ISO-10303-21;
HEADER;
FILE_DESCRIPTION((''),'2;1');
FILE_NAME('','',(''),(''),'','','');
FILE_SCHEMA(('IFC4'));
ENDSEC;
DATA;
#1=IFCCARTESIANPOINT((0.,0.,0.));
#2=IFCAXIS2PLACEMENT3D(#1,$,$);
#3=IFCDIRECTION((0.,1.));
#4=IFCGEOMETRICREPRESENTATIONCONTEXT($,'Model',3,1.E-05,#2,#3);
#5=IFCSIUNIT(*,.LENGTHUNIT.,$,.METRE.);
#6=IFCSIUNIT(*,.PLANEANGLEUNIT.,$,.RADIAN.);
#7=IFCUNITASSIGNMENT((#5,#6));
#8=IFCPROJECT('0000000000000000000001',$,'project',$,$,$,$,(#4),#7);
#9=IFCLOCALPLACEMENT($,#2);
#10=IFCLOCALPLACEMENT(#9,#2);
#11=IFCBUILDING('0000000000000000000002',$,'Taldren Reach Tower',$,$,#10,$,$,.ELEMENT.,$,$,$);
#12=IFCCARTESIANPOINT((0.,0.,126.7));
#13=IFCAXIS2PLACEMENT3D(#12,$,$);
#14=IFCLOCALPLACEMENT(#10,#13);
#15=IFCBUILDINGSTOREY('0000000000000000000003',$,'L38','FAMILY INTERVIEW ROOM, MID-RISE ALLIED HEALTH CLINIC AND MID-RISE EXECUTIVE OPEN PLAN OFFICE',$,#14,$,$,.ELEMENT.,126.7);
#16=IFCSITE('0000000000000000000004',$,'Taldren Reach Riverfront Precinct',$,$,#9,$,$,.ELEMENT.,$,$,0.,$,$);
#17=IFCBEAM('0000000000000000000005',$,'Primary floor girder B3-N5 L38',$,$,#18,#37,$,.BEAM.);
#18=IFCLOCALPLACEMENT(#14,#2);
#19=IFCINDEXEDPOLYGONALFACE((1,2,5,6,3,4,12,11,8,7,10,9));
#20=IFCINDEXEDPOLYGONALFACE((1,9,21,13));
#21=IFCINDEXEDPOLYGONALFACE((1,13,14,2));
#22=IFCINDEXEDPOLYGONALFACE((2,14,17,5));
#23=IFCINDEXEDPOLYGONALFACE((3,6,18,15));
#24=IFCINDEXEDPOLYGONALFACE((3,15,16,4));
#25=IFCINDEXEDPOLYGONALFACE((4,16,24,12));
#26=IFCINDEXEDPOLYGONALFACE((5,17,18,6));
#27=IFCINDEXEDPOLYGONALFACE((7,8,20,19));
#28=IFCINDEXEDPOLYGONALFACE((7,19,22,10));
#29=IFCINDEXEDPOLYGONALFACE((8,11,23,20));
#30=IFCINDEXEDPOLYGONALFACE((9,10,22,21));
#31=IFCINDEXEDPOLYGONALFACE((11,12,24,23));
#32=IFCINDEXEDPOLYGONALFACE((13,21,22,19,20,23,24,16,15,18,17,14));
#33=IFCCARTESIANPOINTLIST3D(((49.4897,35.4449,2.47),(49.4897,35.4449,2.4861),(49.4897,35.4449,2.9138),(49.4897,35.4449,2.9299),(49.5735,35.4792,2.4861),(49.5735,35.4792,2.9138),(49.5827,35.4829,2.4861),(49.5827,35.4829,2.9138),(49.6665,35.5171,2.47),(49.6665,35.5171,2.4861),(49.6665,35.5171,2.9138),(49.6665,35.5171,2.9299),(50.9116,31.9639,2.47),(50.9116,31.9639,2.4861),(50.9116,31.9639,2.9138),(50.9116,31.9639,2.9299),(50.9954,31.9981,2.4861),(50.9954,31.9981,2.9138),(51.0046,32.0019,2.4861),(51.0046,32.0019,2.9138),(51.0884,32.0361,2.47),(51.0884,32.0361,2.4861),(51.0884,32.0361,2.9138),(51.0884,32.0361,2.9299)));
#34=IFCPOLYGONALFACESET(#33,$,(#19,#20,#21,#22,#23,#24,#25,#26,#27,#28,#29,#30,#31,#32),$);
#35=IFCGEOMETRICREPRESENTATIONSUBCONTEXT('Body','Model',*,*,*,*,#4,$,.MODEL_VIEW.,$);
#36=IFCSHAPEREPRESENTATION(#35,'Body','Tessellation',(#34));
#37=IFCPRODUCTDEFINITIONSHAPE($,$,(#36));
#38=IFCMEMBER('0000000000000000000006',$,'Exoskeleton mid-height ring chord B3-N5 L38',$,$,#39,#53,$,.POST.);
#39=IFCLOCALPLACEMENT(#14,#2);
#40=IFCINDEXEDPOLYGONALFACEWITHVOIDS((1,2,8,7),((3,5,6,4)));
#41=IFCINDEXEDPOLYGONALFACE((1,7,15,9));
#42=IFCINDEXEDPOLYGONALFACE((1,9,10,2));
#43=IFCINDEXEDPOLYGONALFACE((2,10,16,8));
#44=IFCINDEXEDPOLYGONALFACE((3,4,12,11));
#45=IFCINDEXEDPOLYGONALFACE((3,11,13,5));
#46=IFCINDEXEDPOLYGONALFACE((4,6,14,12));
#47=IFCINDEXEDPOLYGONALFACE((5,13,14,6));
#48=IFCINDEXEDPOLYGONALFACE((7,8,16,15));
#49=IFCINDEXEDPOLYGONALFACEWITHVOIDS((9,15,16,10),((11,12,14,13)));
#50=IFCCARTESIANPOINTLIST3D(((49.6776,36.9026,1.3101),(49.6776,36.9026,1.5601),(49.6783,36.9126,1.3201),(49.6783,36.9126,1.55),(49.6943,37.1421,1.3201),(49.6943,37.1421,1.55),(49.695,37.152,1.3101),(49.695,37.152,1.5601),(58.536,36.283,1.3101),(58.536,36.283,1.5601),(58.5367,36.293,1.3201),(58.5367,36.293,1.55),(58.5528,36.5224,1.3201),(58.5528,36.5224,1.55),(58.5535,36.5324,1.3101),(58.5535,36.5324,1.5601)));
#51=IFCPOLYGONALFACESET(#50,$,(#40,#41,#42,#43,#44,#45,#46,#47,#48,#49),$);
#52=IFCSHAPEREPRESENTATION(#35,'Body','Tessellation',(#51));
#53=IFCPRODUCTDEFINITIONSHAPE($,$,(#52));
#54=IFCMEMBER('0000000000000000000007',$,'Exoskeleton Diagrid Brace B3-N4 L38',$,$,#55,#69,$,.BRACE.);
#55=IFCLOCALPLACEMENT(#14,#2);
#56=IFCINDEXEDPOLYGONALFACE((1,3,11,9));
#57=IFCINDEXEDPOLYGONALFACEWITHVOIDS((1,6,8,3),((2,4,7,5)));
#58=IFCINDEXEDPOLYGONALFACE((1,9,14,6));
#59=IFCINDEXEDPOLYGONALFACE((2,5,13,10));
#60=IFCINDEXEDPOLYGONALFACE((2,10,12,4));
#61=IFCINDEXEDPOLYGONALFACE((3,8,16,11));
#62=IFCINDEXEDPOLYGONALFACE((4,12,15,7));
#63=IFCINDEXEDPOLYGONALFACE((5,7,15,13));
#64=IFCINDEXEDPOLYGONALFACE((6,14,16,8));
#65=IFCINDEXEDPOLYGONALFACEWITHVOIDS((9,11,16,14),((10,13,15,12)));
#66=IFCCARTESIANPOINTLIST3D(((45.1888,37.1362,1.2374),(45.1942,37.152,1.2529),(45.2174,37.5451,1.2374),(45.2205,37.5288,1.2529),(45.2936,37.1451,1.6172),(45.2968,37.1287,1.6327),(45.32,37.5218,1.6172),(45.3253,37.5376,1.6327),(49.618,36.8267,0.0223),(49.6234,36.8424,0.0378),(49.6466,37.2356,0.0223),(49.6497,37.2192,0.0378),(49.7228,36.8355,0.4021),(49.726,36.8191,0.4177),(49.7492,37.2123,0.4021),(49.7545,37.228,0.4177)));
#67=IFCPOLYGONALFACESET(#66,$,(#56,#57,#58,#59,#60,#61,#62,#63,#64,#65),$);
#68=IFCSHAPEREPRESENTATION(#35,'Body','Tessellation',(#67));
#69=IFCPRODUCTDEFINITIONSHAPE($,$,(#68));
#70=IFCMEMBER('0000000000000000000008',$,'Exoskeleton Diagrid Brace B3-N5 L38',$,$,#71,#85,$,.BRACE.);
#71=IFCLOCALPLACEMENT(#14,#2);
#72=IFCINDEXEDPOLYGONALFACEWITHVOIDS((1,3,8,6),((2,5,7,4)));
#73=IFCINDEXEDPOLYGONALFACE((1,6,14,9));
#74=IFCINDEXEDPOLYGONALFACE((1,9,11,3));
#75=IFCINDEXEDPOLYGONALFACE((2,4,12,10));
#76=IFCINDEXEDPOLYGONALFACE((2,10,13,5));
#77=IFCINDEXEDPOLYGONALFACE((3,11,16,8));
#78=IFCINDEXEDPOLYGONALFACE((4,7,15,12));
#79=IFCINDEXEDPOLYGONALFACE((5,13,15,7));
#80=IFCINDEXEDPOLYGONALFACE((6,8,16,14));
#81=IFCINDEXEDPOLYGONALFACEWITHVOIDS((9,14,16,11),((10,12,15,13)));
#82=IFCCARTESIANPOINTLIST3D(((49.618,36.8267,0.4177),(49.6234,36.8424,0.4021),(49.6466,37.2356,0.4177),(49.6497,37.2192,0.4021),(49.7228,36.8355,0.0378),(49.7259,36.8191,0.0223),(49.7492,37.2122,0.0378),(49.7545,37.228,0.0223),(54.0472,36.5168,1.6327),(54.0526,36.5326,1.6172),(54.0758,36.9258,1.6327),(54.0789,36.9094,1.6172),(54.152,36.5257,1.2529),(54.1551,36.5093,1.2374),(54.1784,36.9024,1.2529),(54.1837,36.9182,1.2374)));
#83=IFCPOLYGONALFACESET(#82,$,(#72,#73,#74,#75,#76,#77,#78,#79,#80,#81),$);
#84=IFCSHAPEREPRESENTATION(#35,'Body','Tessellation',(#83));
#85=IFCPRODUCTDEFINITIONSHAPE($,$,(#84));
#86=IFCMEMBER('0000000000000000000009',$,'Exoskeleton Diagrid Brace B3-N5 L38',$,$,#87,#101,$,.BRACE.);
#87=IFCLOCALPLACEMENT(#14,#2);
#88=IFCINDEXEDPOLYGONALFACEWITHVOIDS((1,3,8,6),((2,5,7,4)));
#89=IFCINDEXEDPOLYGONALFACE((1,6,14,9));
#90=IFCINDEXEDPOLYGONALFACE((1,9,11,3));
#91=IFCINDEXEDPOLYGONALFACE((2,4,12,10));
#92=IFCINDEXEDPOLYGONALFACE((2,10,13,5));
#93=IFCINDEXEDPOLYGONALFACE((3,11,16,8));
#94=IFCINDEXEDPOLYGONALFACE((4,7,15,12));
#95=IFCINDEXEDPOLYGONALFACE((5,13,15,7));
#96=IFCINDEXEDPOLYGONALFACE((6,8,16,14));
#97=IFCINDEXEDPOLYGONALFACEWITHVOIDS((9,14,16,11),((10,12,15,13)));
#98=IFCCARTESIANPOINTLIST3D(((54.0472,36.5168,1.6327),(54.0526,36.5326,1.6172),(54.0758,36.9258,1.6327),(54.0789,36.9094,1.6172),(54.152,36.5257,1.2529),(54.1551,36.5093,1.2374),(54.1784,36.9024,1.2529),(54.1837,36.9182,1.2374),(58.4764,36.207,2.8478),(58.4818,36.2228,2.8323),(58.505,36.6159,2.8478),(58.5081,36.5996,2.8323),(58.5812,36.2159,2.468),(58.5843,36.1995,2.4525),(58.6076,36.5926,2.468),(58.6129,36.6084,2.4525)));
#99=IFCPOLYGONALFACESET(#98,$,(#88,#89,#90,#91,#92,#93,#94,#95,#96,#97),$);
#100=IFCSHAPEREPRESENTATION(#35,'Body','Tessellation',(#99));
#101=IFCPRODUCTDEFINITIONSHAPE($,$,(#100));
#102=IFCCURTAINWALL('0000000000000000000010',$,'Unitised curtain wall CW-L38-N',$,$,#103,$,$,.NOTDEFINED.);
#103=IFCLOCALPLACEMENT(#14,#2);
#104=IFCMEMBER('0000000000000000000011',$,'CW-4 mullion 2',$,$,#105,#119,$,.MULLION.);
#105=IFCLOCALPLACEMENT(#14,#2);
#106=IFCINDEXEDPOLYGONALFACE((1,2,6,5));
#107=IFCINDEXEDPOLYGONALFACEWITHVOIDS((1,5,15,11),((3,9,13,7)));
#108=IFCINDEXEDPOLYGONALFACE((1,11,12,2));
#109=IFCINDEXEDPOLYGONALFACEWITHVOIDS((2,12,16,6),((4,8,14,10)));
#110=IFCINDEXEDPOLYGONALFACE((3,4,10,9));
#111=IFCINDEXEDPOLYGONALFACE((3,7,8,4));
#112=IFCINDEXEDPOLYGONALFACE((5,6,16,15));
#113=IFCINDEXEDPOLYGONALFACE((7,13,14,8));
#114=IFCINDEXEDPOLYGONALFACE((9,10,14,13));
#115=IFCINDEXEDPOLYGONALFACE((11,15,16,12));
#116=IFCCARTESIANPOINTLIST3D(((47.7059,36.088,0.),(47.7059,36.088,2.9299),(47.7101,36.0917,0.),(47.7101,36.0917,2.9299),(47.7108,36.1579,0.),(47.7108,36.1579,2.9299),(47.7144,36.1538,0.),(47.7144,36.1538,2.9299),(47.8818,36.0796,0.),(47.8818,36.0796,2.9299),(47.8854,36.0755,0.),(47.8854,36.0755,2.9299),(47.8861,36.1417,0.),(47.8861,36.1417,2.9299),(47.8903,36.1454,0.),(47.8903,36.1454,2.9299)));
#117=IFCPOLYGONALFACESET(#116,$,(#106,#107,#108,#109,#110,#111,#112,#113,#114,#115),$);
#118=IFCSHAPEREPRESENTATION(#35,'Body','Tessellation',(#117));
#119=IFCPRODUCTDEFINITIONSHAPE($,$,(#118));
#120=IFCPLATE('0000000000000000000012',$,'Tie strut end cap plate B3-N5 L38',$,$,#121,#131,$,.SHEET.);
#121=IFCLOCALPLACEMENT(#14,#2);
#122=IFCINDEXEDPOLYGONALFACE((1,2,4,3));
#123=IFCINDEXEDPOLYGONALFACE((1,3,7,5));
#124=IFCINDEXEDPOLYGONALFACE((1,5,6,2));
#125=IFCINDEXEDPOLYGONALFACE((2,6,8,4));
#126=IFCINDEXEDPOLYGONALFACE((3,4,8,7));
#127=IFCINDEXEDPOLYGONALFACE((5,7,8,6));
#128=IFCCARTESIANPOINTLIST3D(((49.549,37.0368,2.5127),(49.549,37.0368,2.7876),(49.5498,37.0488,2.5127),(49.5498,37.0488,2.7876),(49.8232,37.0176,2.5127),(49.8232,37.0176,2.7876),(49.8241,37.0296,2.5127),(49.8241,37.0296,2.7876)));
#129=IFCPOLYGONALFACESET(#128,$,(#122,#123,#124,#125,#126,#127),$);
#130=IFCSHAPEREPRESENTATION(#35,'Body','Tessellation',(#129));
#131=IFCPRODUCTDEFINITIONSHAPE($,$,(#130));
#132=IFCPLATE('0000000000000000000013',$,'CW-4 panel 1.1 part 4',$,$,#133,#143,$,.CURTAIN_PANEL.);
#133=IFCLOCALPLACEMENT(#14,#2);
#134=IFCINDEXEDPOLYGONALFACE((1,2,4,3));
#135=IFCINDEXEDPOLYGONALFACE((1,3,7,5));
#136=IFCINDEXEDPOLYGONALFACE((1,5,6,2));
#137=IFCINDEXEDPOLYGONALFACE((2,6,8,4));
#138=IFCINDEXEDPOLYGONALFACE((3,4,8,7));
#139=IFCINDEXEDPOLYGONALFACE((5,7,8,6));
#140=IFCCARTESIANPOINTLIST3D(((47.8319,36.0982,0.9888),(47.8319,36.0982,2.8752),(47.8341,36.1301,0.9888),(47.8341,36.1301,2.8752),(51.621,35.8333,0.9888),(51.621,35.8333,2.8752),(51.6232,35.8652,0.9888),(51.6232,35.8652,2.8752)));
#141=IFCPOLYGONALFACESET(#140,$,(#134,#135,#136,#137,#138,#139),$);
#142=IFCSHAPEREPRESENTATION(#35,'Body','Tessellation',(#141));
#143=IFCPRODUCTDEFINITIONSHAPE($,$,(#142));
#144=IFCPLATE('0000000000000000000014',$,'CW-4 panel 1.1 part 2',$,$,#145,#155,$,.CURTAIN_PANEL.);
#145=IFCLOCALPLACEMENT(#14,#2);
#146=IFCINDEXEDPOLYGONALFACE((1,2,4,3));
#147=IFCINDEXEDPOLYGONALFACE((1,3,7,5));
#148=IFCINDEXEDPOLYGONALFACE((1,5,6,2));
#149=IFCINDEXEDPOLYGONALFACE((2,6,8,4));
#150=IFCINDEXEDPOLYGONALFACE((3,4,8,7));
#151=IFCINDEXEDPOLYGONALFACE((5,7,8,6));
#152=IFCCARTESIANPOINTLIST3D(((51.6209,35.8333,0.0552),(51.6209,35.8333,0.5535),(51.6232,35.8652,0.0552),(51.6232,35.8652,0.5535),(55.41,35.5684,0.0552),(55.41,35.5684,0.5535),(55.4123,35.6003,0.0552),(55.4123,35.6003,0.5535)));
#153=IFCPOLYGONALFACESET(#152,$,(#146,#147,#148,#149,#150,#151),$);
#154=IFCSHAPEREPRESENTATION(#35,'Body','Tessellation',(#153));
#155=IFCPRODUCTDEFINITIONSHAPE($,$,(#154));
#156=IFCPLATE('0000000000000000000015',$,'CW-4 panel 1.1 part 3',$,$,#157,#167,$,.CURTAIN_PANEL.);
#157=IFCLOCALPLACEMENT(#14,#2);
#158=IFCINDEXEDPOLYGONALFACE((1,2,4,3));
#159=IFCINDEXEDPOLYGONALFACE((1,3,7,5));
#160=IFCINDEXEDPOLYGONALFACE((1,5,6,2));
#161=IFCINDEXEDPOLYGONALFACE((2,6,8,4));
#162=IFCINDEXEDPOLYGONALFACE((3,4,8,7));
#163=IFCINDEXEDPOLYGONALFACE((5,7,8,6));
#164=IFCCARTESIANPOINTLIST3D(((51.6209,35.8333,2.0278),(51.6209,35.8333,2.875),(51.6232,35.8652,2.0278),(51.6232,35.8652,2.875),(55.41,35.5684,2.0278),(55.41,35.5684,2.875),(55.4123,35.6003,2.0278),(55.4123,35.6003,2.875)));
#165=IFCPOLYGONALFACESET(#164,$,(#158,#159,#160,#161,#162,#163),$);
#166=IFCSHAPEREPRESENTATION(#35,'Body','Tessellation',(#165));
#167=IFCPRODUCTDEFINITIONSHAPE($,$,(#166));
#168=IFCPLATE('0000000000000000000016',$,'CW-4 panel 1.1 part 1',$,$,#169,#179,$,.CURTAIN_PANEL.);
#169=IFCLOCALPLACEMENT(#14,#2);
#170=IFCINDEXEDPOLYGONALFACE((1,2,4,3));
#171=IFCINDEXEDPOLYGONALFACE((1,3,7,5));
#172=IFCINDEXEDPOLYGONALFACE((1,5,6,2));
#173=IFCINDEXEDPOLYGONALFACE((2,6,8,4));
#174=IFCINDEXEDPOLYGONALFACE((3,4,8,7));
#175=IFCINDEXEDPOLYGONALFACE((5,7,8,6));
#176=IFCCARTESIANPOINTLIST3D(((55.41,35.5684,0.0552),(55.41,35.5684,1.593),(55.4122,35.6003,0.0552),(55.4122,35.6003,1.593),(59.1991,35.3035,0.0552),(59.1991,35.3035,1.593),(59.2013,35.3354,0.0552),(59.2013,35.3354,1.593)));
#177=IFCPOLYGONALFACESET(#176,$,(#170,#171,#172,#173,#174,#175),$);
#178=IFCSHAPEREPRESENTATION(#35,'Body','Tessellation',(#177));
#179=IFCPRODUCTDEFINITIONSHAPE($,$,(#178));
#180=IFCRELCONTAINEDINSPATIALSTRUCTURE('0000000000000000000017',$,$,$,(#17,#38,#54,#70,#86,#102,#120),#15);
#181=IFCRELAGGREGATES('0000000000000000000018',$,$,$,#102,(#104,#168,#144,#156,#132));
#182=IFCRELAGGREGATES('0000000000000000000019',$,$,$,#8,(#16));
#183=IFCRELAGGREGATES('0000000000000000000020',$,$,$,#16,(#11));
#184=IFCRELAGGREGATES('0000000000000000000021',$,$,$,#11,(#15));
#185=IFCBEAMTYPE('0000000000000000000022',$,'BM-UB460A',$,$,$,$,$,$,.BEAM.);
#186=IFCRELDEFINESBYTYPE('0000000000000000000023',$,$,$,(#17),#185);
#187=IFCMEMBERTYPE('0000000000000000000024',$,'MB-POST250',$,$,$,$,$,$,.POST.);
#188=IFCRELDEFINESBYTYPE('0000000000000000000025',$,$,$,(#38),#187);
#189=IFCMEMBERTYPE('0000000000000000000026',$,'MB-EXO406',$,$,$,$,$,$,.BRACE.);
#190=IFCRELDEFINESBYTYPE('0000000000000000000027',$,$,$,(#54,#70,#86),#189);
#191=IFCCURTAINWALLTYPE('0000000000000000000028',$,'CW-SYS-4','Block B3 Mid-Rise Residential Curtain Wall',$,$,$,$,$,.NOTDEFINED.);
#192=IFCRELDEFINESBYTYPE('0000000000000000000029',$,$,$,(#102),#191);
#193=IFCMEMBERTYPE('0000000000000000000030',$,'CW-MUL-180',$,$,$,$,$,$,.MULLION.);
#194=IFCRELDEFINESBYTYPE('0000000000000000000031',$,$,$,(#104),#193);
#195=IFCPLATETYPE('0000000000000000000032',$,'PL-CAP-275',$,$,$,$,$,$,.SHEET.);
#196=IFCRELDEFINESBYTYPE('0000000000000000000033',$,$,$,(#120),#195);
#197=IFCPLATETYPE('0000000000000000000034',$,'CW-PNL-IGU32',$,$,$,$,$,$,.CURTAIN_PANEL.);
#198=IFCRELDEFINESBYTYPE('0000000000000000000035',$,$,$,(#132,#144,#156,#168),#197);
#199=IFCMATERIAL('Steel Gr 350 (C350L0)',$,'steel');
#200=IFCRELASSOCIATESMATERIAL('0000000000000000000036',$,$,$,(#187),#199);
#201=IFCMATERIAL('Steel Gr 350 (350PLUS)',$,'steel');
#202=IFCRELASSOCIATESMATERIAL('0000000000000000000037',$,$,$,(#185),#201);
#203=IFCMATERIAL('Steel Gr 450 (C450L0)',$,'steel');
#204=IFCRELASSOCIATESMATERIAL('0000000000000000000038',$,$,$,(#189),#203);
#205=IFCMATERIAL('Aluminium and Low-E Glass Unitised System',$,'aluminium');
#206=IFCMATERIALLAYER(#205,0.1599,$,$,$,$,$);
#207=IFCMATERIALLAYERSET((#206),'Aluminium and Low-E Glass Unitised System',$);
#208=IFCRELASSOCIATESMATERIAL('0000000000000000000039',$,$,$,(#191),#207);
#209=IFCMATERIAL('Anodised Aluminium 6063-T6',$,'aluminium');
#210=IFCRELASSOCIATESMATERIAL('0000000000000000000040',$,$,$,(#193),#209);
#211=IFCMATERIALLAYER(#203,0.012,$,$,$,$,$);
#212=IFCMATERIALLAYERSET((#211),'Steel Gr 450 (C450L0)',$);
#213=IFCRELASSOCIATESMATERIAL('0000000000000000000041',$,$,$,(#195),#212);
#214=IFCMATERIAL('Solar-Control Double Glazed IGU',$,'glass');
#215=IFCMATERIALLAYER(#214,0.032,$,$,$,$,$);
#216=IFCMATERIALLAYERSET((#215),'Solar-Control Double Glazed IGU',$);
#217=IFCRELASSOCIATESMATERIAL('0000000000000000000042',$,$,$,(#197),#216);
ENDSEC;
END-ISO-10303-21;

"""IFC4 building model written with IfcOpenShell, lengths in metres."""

from ifc_helpers import new_model, si_unit, direction, frame, origin, origin_2d, place, context, subcontext, project, spatial, rectangle, hollow_rectangle, i_section, extrude, source, transform, mapped, material, layer, layer_set, material_profile, profile_set, type_object, element, aggregate, save


model = new_model("IFC4")

# Units and contexts
model_context = context("Model", 3, precision=1e-05, world=origin(), true_north=direction((0.0, 1.0)))
body_context = subcontext(model_context, "Body", "Model", "MODEL_VIEW")
ifc_project = project(units=[si_unit("LENGTHUNIT", "METRE"), si_unit("PLANEANGLEUNIT", "RADIAN")], contexts=[model_context])

# Site, building, storey
site_placement = place(None, origin())
site = spatial("IfcSite", under=ifc_project, at=site_placement, Name="Taldren Reach Riverfront Precinct", CompositionType="ELEMENT", RefElevation=0.0)
building_placement = place(site_placement, origin())
building = spatial("IfcBuilding", under=site, at=building_placement, Name="Taldren Reach Tower", CompositionType="ELEMENT")
storey_placement = place(building_placement, frame((0.0, 0.0, 126.7)))
storey = spatial("IfcBuildingStorey", under=building, at=storey_placement, Name="L38", Description="FAMILY INTERVIEW ROOM, MID-RISE ALLIED HEALTH CLINIC AND MID-RISE EXECUTIVE OPEN PLAN OFFICE", CompositionType="ELEMENT", Elevation=126.7)

# Shared definitions
ifc_material_1 = material(Name="Steel Gr 450 (C450L0)", Category="steel")
ifc_material_2 = material(Name="Steel Gr 350 (350PLUS)", Category="steel")

# Shared definitions
ifc_material_3 = material(Name="Steel Gr 350 (C350L0)", Category="steel")
ifc_material_profile_1 = material_profile(ifc_material_3, hollow_rectangle(XDim=0.25, YDim=0.25, WallThickness=0.01, at=origin_2d()), Name="250x250x10.0SHS")
ifc_profile_set_1 = profile_set([ifc_material_profile_1], Name="Steel Gr 350 (C350L0)")
member_type_1 = type_object("IfcMemberType", Name="MB-POST250", PredefinedType="POST", material=ifc_profile_set_1)

# Beam
ifc_material_profile_2 = material_profile(ifc_material_2, i_section(OverallWidth=0.1909, OverallDepth=0.46, WebThickness=0.01, FlangeThickness=0.0161, at=origin_2d()), Name="460UB82.1")
ifc_profile_set_2 = profile_set([ifc_material_profile_2], Name="Steel Gr 350 (350PLUS)")
beam_type_1 = type_object("IfcBeamType", Name="BM-UB460A", PredefinedType="BEAM", material=ifc_profile_set_2)
shared_shape_1 = source(origin(), body_context, "Body", "SweptSolid", [
    extrude(i_section(OverallWidth=0.1909, OverallDepth=0.46, WebThickness=0.01, FlangeThickness=0.0161, at=origin_2d()), origin(), (0.0, 0.0, 1.0), 3.7603),
])
beam_1_placement = place(storey_placement, frame((51.0, 32.0, 2.7), z_axis=(-0.378142, 0.925747, 0.0), x_axis=(-0.925747, -0.378142, 0.0)))
element("IfcBeam", 1, at=beam_1_placement, inside=storey, type_object=beam_type_1, Name="Primary floor girder B3-N5 L38", PredefinedType="BEAM", context=body_context, shape_type="MappedRepresentation", body=[
    mapped(shared_shape_1, transform((0.0, 0.0, 0.0), scale=1.0)),
])

# Members
shared_shape_2 = source(origin(), body_context, "Body", "SweptSolid", [
    extrude(hollow_rectangle(XDim=0.25, YDim=0.25, WallThickness=0.01, at=origin_2d()), origin(), (0.0, 0.0, 1.0), 8.8801),
])
member_1_placement = place(storey_placement, frame((49.6863, 37.0273, 1.4351), z_axis=(0.997563, -0.069778, 0.0), x_axis=(0.069778, 0.997563, 0.0)))
element("IfcMember", 2, at=member_1_placement, inside=storey, type_object=member_type_1, Name="Exoskeleton mid-height ring chord B3-N5 L38", PredefinedType="POST", context=body_context, shape_type="MappedRepresentation", body=[
    mapped(shared_shape_2, transform((0.0, 0.0, 0.0), scale=1.0)),
])
ifc_material_profile_3 = material_profile(ifc_material_1, hollow_rectangle(XDim=0.4099, YDim=0.4099, WallThickness=0.0161, at=origin_2d()), Name="410x410x16.0SHS")
ifc_profile_set_3 = profile_set([ifc_material_profile_3], Name="Steel Gr 450 (C450L0)")
member_type_2 = type_object("IfcMemberType", Name="MB-EXO406", PredefinedType="BRACE", material=ifc_profile_set_3)
shared_shape_3 = source(origin(), body_context, "Body", "SweptSolid", [
    extrude(hollow_rectangle(XDim=0.4099, YDim=0.4099, WallThickness=0.0161, at=origin_2d()), origin(), (0.0, 0.0, 1.0), 4.6033),
])
for number, where, z_axis, x_axis, name in (
    (3, (49.6863, 37.0273, 0.22), (-0.962186, 0.06725, 0.263962), (-0.069723, -0.997566, 0.0), "Exoskeleton Diagrid Brace B3-N4 L38"),
    (4, (49.6863, 37.0273, 0.22), (0.962182, -0.067303, 0.263961), (0.069778, 0.997563, 0.0), "Exoskeleton Diagrid Brace B3-N5 L38"),
    (5, (54.1155, 36.7175, 1.4351), (0.962182, -0.067303, 0.263961), (0.069778, 0.997563, 0.0), "Exoskeleton Diagrid Brace B3-N5 L38"),
):
    element("IfcMember", number, at=place(storey_placement, frame(where, z_axis=z_axis, x_axis=x_axis)), inside=storey, type_object=member_type_2, Name=name, PredefinedType="BRACE", context=body_context, shape_type="MappedRepresentation", body=[
        mapped(shared_shape_3, transform((0.0, 0.0, 0.0), scale=1.0)),
    ])

# Curtain wall, member
ifc_material_4 = material(Name="Aluminium and Low-E Glass Unitised System", Category="aluminium")
ifc_layer_1 = layer(ifc_material_4, 0.1599)
ifc_layer_set_1 = layer_set([ifc_layer_1], Name="Aluminium and Low-E Glass Unitised System")
curtain_wall_type = type_object("IfcCurtainWallType", Name="CW-SYS-4", Description="Block B3 Mid-Rise Residential Curtain Wall", PredefinedType="NOTDEFINED", material=ifc_layer_set_1)
curtain_wall_placement = place(storey_placement, origin())
curtain_wall = element("IfcCurtainWall", 6, at=curtain_wall_placement, inside=storey, type_object=curtain_wall_type, Name="Unitised curtain wall CW-L38-N", PredefinedType="NOTDEFINED")
ifc_material_5 = material(Name="Anodised Aluminium 6063-T6", Category="aluminium")
ifc_material_profile_4 = material_profile(ifc_material_5, hollow_rectangle(XDim=0.0701, YDim=0.1799, WallThickness=0.0039, at=origin_2d()), Name="ALU-180x70x4RHS")
ifc_profile_set_4 = profile_set([ifc_material_profile_4], Name="Anodised Aluminium 6063-T6")
member_type_3 = type_object("IfcMemberType", Name="CW-MUL-180", PredefinedType="MULLION", material=ifc_profile_set_4)
shared_shape_4 = source(origin(), body_context, "Body", "SweptSolid", [
    extrude(hollow_rectangle(XDim=0.0701, YDim=0.1799, WallThickness=0.0039, at=origin_2d()), origin(), (0.0, 0.0, 1.0), 2.9299),
])
member_2_placement = place(storey_placement, frame((47.7981, 36.1167, 0.0), z_axis=(0.0, 0.0, 1.0), x_axis=(-0.069757, -0.997564, 0.0)))
member_2 = element("IfcMember", 7, at=member_2_placement, type_object=member_type_3, Name="CW-4 mullion 2", PredefinedType="MULLION", context=body_context, shape_type="MappedRepresentation", body=[
    mapped(shared_shape_4, transform((0.0, 0.0, 0.0), scale=1.0)),
])

# Plates
ifc_layer_2 = layer(ifc_material_1, 0.012)
ifc_layer_set_2 = layer_set([ifc_layer_2], Name="Steel Gr 450 (C450L0)")
plate_type_1 = type_object("IfcPlateType", Name="PL-CAP-275", PredefinedType="SHEET", material=ifc_layer_set_2)
shared_shape_5 = source(origin(), body_context, "Body", "SweptSolid", [
    extrude(rectangle(XDim=0.2749, YDim=0.012, at=origin_2d()), origin(), (0.0, 0.0, 1.0), 0.2749),
])
plate_1_placement = place(storey_placement, frame((49.6865, 37.0332, 2.5127), z_axis=(0.0, 0.0, 1.0), x_axis=(0.997564, -0.069756, 0.0)))
element("IfcPlate", 8, at=plate_1_placement, inside=storey, type_object=plate_type_1, Name="Tie strut end cap plate B3-N5 L38", PredefinedType="SHEET", context=body_context, shape_type="MappedRepresentation", body=[
    mapped(shared_shape_5, transform((0.0, 0.0, 0.0), scale=1.0)),
])
ifc_material_6 = material(Name="Solar-Control Double Glazed IGU", Category="glass")
ifc_layer_3 = layer(ifc_material_6, 0.032)
ifc_layer_set_3 = layer_set([ifc_layer_3], Name="Solar-Control Double Glazed IGU")
plate_type_2 = type_object("IfcPlateType", Name="CW-PNL-IGU32", PredefinedType="CURTAIN_PANEL", material=ifc_layer_set_3)
shared_shape_6 = source(origin(), body_context, "Body", "SweptSolid", [
    extrude(rectangle(XDim=3.7983, YDim=0.032, at=origin_2d()), origin(), (0.0, 0.0, 1.0), 1.8865),
])
plate_2_placement = place(storey_placement, frame((49.7275, 35.9817, 0.9888), z_axis=(0.0, 0.0, 1.0), x_axis=(-0.997564, 0.069757, 0.0)))
plate_2 = element("IfcPlate", 9, at=plate_2_placement, type_object=plate_type_2, Name="CW-4 panel 1.1 part 4", PredefinedType="CURTAIN_PANEL", context=body_context, shape_type="MappedRepresentation", body=[
    mapped(shared_shape_6, transform((0.0, 0.0, 0.0), scale=1.0)),
])
shared_shape_7 = source(origin(), body_context, "Body", "SweptSolid", [
    extrude(rectangle(XDim=3.7983, YDim=0.032, at=origin_2d()), origin(), (0.0, 0.0, 1.0), 0.4983),
])
plate_3_placement = place(storey_placement, frame((53.5166, 35.7168, 0.0552), z_axis=(0.0, 0.0, 1.0), x_axis=(-0.997564, 0.069757, 0.0)))
plate_3 = element("IfcPlate", 10, at=plate_3_placement, type_object=plate_type_2, Name="CW-4 panel 1.1 part 2", PredefinedType="CURTAIN_PANEL", context=body_context, shape_type="MappedRepresentation", body=[
    mapped(shared_shape_7, transform((0.0, 0.0, 0.0), scale=1.0)),
])
shared_shape_8 = source(origin(), body_context, "Body", "SweptSolid", [
    extrude(rectangle(XDim=3.7983, YDim=0.032, at=origin_2d()), origin(), (0.0, 0.0, 1.0), 0.8472),
])
plate_4_placement = place(storey_placement, frame((53.5166, 35.7168, 2.0278), z_axis=(0.0, 0.0, 1.0), x_axis=(-0.997564, 0.069757, 0.0)))
plate_4 = element("IfcPlate", 11, at=plate_4_placement, type_object=plate_type_2, Name="CW-4 panel 1.1 part 3", PredefinedType="CURTAIN_PANEL", context=body_context, shape_type="MappedRepresentation", body=[
    mapped(shared_shape_8, transform((0.0, 0.0, 0.0), scale=1.0)),
])
shared_shape_9 = source(origin(), body_context, "Body", "SweptSolid", [
    extrude(rectangle(XDim=3.7983, YDim=0.032, at=origin_2d()), origin(), (0.0, 0.0, 1.0), 1.5378),
])
plate_5_placement = place(storey_placement, frame((57.3057, 35.4519, 0.0552), z_axis=(0.0, 0.0, 1.0), x_axis=(-0.997564, 0.069757, 0.0)))
plate_5 = element("IfcPlate", 12, at=plate_5_placement, type_object=plate_type_2, Name="CW-4 panel 1.1 part 1", PredefinedType="CURTAIN_PANEL", context=body_context, shape_type="MappedRepresentation", body=[
    mapped(shared_shape_9, transform((0.0, 0.0, 0.0), scale=1.0)),
])
aggregate(curtain_wall, [member_2, plate_5, plate_3, plate_4, plate_2])

save(model, "model.ifc")
